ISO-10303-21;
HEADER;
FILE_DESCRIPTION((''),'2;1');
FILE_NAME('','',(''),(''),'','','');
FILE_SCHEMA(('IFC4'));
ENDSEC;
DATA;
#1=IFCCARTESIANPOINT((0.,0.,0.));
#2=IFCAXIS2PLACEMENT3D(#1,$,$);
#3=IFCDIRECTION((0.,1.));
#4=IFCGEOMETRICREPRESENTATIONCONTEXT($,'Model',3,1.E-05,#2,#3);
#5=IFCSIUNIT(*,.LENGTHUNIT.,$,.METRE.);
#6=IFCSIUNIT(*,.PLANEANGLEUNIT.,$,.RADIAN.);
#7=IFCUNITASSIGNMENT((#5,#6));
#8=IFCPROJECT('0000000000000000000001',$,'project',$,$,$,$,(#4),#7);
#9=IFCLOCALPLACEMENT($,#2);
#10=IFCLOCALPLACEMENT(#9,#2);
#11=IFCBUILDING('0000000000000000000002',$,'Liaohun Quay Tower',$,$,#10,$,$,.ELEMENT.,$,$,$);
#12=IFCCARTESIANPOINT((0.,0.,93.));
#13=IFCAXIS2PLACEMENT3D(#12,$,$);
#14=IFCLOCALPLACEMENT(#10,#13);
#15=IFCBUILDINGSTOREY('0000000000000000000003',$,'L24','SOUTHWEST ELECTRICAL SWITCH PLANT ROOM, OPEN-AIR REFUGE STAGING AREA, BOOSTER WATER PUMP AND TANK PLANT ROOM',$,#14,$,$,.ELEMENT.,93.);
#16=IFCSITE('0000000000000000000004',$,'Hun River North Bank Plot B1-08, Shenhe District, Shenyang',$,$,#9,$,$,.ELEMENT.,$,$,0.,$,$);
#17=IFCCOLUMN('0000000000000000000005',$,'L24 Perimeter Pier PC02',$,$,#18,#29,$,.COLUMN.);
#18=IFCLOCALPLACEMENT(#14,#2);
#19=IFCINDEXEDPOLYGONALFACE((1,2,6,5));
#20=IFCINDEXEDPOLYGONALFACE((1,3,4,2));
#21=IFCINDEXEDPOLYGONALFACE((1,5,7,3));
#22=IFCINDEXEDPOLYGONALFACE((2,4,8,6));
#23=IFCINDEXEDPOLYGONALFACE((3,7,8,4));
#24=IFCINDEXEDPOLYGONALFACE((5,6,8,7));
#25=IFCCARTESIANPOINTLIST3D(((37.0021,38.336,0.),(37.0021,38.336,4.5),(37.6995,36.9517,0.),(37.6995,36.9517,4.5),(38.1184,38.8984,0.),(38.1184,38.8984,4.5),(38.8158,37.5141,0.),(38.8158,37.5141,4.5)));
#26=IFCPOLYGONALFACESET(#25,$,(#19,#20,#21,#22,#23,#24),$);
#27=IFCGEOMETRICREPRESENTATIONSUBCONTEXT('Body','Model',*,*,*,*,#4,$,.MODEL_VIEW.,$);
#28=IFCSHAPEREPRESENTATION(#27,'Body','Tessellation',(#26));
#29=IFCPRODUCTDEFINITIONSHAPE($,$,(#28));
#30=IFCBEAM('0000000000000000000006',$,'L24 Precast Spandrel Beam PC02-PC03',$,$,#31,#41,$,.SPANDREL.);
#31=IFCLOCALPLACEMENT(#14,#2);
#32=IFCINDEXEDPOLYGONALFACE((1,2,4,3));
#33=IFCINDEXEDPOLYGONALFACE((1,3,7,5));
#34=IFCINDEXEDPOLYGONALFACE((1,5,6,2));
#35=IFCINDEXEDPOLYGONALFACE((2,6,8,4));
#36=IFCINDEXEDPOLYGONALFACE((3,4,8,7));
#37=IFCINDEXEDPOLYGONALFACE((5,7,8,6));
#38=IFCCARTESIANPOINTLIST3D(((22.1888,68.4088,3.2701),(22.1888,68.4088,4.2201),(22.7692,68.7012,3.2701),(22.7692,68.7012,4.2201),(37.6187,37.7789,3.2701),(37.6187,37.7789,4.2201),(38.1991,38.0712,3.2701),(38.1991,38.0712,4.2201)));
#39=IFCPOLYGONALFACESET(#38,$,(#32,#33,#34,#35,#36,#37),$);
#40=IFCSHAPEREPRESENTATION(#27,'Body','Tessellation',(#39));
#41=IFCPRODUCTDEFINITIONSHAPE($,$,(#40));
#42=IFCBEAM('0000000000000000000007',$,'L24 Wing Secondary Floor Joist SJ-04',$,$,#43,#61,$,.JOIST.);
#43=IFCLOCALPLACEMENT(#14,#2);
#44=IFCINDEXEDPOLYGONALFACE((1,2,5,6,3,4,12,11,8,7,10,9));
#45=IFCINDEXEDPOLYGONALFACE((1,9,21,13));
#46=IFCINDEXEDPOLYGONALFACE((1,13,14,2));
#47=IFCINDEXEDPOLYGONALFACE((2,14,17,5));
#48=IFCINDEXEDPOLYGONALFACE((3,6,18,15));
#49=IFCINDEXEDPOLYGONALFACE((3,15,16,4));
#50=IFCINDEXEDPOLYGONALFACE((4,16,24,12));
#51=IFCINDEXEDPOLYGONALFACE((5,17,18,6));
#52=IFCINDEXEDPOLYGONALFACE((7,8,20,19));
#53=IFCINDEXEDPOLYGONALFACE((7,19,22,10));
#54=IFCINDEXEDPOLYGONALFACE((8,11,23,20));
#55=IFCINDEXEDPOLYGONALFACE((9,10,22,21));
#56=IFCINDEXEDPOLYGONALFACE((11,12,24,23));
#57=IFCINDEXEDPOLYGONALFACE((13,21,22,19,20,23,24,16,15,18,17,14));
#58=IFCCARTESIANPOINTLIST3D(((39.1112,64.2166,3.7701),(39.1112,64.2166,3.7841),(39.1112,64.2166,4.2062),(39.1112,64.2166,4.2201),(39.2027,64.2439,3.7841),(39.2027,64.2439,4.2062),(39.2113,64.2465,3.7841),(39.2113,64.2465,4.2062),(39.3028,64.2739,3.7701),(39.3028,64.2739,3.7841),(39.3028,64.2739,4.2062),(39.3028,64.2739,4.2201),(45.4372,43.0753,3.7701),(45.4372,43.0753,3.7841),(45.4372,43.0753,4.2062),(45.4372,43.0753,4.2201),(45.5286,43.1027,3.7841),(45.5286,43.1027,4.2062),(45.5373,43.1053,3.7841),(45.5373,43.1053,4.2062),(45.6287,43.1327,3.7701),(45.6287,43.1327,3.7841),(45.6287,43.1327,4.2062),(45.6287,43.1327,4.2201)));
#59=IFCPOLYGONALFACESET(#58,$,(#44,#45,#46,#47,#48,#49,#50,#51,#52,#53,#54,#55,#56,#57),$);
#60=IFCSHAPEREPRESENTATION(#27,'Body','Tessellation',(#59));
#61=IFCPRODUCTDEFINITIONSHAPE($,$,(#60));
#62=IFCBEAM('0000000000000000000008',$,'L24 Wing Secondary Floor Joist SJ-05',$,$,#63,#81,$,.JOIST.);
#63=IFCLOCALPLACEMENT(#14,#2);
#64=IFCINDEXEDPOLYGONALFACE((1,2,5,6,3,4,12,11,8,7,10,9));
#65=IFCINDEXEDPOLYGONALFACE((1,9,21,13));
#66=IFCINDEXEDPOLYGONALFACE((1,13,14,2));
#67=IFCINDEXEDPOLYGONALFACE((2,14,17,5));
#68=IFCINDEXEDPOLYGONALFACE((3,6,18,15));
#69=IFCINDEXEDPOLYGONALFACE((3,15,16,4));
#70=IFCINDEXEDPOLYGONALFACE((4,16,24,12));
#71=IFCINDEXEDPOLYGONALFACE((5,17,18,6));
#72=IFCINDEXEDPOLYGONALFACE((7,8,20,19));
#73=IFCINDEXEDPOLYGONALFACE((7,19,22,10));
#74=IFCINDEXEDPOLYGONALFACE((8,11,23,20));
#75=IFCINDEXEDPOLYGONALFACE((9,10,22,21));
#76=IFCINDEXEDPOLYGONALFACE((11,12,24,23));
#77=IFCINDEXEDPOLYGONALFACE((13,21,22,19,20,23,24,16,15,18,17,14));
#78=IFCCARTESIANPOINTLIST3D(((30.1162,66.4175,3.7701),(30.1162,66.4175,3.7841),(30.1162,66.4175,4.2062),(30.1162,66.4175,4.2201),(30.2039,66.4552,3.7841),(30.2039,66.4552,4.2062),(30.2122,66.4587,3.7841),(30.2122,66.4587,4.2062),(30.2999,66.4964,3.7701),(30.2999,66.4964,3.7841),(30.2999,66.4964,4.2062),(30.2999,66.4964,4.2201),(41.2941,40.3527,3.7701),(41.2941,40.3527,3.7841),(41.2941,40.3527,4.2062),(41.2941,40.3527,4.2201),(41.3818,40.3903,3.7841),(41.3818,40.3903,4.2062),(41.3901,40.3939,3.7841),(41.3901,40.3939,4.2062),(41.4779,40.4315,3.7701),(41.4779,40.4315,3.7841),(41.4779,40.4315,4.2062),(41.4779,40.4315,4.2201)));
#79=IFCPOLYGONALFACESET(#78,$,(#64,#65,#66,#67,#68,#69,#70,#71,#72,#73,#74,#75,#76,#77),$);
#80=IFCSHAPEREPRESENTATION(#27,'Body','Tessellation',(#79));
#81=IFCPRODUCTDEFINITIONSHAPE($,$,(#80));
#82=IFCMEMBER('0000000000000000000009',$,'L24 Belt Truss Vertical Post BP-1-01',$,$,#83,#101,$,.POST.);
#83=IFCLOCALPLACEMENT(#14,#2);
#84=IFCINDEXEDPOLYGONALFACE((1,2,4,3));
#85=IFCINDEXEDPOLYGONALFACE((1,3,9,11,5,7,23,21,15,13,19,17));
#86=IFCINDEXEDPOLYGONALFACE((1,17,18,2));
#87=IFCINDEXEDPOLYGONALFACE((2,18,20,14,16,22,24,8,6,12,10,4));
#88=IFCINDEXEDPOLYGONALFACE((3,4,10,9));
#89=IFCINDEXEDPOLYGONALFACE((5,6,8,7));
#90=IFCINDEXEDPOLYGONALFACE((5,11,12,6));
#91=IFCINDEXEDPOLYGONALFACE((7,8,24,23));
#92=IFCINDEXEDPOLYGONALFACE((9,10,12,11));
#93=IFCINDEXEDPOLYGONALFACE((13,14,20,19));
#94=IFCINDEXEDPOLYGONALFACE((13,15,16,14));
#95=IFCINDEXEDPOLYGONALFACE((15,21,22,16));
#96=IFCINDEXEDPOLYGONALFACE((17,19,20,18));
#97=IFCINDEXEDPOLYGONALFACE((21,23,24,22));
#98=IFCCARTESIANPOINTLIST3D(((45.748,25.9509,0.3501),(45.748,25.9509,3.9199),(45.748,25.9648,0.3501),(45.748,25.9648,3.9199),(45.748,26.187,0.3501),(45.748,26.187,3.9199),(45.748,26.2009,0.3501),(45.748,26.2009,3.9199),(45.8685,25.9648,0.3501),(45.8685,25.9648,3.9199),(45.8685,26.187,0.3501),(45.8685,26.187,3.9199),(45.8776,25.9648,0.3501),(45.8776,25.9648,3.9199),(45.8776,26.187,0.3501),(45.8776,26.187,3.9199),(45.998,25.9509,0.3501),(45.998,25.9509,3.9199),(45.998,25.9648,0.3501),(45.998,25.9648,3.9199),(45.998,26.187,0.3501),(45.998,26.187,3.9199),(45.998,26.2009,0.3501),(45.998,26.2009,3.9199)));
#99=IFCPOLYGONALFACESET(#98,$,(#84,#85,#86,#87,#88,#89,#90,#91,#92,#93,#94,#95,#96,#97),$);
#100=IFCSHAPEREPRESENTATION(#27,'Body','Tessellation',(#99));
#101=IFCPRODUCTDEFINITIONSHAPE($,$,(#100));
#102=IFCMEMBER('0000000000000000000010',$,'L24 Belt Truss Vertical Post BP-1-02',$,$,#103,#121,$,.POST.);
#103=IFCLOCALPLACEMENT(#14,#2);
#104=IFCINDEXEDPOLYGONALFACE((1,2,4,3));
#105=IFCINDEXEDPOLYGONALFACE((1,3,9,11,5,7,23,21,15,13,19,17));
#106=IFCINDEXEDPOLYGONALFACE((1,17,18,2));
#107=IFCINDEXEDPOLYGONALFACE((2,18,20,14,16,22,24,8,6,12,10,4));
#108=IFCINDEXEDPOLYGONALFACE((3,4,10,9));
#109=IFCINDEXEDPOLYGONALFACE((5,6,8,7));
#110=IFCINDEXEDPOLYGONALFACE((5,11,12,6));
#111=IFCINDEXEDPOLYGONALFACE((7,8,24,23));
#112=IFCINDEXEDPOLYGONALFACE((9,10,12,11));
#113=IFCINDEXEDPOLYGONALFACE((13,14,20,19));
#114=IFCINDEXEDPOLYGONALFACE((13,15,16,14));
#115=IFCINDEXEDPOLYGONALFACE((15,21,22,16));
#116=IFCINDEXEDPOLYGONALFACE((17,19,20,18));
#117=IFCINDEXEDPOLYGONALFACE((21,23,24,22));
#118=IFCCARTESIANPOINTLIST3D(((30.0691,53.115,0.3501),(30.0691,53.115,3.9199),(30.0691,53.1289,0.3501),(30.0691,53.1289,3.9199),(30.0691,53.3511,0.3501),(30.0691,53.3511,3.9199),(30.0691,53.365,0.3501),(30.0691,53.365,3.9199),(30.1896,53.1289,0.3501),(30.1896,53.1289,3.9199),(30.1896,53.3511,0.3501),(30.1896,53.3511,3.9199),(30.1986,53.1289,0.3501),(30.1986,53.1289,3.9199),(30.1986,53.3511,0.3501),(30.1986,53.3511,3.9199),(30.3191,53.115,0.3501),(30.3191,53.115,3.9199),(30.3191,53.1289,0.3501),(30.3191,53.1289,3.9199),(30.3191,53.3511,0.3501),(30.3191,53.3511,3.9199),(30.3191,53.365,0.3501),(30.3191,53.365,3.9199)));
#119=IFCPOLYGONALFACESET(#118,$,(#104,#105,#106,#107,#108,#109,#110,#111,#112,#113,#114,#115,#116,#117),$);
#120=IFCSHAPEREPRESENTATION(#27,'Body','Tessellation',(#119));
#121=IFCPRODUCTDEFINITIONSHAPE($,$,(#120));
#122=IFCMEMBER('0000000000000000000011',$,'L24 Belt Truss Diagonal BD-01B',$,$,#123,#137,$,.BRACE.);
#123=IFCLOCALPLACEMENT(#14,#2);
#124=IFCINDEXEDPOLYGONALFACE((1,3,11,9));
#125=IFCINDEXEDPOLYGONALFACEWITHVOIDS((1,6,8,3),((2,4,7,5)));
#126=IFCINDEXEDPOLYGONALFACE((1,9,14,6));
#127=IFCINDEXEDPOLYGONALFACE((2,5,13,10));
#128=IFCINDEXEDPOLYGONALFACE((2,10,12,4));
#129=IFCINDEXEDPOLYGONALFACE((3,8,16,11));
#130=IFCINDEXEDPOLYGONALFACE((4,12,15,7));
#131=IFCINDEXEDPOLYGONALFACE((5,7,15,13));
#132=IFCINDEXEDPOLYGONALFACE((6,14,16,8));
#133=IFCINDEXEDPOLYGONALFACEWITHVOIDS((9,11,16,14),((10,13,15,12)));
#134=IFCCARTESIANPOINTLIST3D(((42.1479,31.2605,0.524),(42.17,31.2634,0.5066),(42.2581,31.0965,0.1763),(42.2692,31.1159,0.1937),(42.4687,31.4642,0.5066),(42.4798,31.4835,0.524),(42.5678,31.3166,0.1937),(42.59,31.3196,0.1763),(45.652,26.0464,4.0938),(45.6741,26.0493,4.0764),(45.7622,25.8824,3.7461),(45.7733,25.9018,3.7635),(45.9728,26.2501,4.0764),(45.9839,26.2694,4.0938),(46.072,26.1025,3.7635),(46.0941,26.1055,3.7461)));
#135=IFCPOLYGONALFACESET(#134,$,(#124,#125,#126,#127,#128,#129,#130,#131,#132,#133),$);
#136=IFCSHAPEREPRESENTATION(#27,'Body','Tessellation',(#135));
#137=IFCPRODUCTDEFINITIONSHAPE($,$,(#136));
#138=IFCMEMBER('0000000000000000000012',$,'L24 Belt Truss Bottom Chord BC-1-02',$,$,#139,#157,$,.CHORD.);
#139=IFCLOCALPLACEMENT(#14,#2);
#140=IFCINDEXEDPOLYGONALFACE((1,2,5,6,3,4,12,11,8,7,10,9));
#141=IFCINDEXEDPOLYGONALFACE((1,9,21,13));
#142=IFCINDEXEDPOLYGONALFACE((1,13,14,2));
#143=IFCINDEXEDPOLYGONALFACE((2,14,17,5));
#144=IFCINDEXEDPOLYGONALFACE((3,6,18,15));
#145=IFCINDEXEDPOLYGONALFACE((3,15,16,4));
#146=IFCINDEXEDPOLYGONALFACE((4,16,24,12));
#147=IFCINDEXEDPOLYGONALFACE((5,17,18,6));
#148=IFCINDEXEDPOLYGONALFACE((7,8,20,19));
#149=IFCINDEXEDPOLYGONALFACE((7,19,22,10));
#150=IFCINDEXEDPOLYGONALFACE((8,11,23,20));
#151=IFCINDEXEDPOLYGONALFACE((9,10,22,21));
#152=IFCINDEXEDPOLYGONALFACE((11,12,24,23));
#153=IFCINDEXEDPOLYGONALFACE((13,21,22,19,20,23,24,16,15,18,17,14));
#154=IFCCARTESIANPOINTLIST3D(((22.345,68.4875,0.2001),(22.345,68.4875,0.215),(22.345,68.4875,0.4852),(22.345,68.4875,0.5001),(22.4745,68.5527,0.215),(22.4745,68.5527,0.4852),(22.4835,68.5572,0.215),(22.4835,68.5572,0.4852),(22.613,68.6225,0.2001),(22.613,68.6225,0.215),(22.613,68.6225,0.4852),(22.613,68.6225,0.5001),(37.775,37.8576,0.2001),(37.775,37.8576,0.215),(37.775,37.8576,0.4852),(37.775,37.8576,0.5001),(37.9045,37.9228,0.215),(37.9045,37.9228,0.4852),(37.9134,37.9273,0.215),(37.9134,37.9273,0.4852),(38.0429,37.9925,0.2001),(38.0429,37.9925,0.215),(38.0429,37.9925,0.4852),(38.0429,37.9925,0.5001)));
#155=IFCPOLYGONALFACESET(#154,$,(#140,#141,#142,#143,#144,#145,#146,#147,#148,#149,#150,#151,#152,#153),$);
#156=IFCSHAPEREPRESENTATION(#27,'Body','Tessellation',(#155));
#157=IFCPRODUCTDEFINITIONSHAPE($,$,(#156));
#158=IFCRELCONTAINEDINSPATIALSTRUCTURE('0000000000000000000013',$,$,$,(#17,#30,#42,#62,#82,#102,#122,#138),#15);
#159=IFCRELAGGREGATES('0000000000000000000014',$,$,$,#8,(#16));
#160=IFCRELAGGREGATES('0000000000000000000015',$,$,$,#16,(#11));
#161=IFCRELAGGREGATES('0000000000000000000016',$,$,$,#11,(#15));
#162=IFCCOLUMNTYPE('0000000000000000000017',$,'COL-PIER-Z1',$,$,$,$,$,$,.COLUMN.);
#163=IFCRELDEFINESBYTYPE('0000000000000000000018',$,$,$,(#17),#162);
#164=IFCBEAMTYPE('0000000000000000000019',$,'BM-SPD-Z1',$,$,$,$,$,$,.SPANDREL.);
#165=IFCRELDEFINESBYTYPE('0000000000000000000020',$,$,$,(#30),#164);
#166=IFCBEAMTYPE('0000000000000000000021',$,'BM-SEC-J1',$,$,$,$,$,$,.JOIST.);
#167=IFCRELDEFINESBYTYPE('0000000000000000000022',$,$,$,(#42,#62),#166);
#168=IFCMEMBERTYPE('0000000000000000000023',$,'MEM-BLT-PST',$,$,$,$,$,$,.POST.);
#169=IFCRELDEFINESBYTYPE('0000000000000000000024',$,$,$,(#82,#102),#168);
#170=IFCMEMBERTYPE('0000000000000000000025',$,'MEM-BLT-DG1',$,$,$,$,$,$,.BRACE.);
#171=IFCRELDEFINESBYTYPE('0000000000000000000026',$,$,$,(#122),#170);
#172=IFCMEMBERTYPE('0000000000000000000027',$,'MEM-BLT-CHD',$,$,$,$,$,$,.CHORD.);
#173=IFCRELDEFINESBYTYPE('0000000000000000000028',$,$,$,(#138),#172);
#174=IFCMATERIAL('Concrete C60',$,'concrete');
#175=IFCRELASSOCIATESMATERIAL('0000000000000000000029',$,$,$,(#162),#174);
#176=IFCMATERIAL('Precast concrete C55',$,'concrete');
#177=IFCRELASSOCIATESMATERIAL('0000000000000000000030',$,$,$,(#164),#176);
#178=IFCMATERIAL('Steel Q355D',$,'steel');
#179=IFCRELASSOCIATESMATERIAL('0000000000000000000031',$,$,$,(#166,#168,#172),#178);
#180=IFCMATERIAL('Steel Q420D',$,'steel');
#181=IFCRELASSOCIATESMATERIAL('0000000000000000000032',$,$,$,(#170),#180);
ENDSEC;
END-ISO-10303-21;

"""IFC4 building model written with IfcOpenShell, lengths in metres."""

from ifc_helpers import new_model, si_unit, direction, frame, origin, origin_2d, place, context, subcontext, project, spatial, rectangle, hollow_rectangle, i_section, extrude, source, transform, mapped, material, material_profile, profile_set, type_object, element, save


model = new_model("IFC4")

# Units and contexts
model_context = context("Model", 3, precision=1e-05, world=origin(), true_north=direction((0.0, 1.0)))
body_context = subcontext(model_context, "Body", "Model", "MODEL_VIEW")
ifc_project = project(units=[si_unit("LENGTHUNIT", "METRE"), si_unit("PLANEANGLEUNIT", "RADIAN")], contexts=[model_context])

# Site, building, storey
site_placement = place(None, origin())
site = spatial("IfcSite", under=ifc_project, at=site_placement, Name="Hun River North Bank Plot B1-08, Shenhe District, Shenyang", CompositionType="ELEMENT", RefElevation=0.0)
building_placement = place(site_placement, origin())
building = spatial("IfcBuilding", under=site, at=building_placement, Name="Liaohun Quay Tower", CompositionType="ELEMENT")
storey_placement = place(building_placement, frame((0.0, 0.0, 93.0)))
storey = spatial("IfcBuildingStorey", under=building, at=storey_placement, Name="L24", Description="SOUTHWEST ELECTRICAL SWITCH PLANT ROOM, OPEN-AIR REFUGE STAGING AREA, BOOSTER WATER PUMP AND TANK PLANT ROOM", CompositionType="ELEMENT", Elevation=93.0)

# Column
ifc_material_1 = material(Name="Concrete C60", Category="concrete")
ifc_material_profile_1 = material_profile(ifc_material_1, rectangle(XDim=1.55, YDim=1.25, at=origin_2d()), Name="RC1550x1250")
ifc_profile_set_1 = profile_set([ifc_material_profile_1], Name="Concrete C60")
column_type = type_object("IfcColumnType", Name="COL-PIER-Z1", PredefinedType="COLUMN", material=ifc_profile_set_1)
shared_shape_1 = source(origin(), body_context, "Body", "SweptSolid", [
    extrude(rectangle(XDim=1.55, YDim=1.25, at=origin_2d()), origin(), (0.0, 0.0, 1.0), 4.5),
])
column_placement = place(storey_placement, frame((37.9089, 37.925, 0.0), z_axis=(0.0, 0.0, 1.0), x_axis=(-0.449943, 0.893057, 0.0)))
element("IfcColumn", 1, at=column_placement, inside=storey, type_object=column_type, Name="L24 Perimeter Pier PC02", PredefinedType="COLUMN", context=body_context, shape_type="MappedRepresentation", body=[
    mapped(shared_shape_1, transform((0.0, 0.0, 0.0), x_axis=(1.0, 0.0, 0.0), y_axis=(0.0, 1.0, 0.0), z_axis=(0.0, 0.0, 1.0), scale=1.0)),
])

# Beams
ifc_material_2 = material(Name="Precast concrete C55", Category="concrete")
ifc_material_profile_2 = material_profile(ifc_material_2, rectangle(XDim=0.6499, YDim=0.95, at=origin_2d()), Name="RC650x950")
ifc_profile_set_2 = profile_set([ifc_material_profile_2], Name="Precast concrete C55")
beam_type_1 = type_object("IfcBeamType", Name="BM-SPD-Z1", PredefinedType="SPANDREL", material=ifc_profile_set_2)
shared_shape_2 = source(origin(), body_context, "Body", "SweptSolid", [
    extrude(rectangle(XDim=0.6499, YDim=0.95, at=origin_2d()), origin(), (0.0, 0.0, 1.0), 34.2969),
])
beam_1_placement = place(storey_placement, frame((37.9089, 37.925, 3.7451), z_axis=(-0.449894, 0.893082, 0.0), x_axis=(-0.893082, -0.449894, 0.0)))
element("IfcBeam", 2, at=beam_1_placement, inside=storey, type_object=beam_type_1, Name="L24 Precast Spandrel Beam PC02-PC03", PredefinedType="SPANDREL", context=body_context, shape_type="MappedRepresentation", body=[
    mapped(shared_shape_2, transform((0.0, 0.0, 0.0), x_axis=(1.0, 0.0, 0.0), y_axis=(0.0, 1.0, 0.0), z_axis=(0.0, 0.0, 1.0), scale=1.0)),
])
ifc_material_3 = material(Name="Steel Q355D", Category="steel")
ifc_material_profile_3 = material_profile(ifc_material_3, i_section(OverallWidth=0.2, OverallDepth=0.45, WebThickness=0.009, FlangeThickness=0.0139, at=origin_2d()), Name="HN450x200x9x14")
ifc_profile_set_3 = profile_set([ifc_material_profile_3], Name="Steel Q355D")
beam_type_2 = type_object("IfcBeamType", Name="BM-SEC-J1", PredefinedType="JOIST", material=ifc_profile_set_3)
shared_shape_3 = source(origin(), body_context, "Body", "SweptSolid", [
    extrude(i_section(OverallWidth=0.2, OverallDepth=0.45, WebThickness=0.009, FlangeThickness=0.0139, at=origin_2d()), origin(), (0.0, 0.0, 1.0), 22.0674),
])
beam_2_placement = place(storey_placement, frame((45.533, 43.104, 3.9951), z_axis=(-0.286666, 0.958031, 0.0), x_axis=(-0.958031, -0.286666, 0.0)))
element("IfcBeam", 3, at=beam_2_placement, inside=storey, type_object=beam_type_2, Name="L24 Wing Secondary Floor Joist SJ-04", PredefinedType="JOIST", context=body_context, shape_type="MappedRepresentation", body=[
    mapped(shared_shape_3, transform((0.0, 0.0, 0.0), x_axis=(1.0, 0.0, 0.0), y_axis=(0.0, 1.0, 0.0), z_axis=(0.0, 0.0, 1.0), scale=1.0)),
])
shared_shape_4 = source(origin(), body_context, "Body", "SweptSolid", [
    extrude(i_section(OverallWidth=0.2, OverallDepth=0.45, WebThickness=0.009, FlangeThickness=0.0139, at=origin_2d()), origin(), (0.0, 0.0, 1.0), 28.3606),
])
beam_3_placement = place(storey_placement, frame((41.386, 40.3921, 3.9951), z_axis=(-0.394136, 0.919052, 0.0), x_axis=(-0.919052, -0.394136, 0.0)))
element("IfcBeam", 4, at=beam_3_placement, inside=storey, type_object=beam_type_2, Name="L24 Wing Secondary Floor Joist SJ-05", PredefinedType="JOIST", context=body_context, shape_type="MappedRepresentation", body=[
    mapped(shared_shape_4, transform((0.0, 0.0, 0.0), x_axis=(1.0, 0.0, 0.0), y_axis=(0.0, 1.0, 0.0), z_axis=(0.0, 0.0, 1.0), scale=1.0)),
])

# Members
ifc_material_profile_4 = material_profile(ifc_material_3, i_section(OverallWidth=0.25, OverallDepth=0.25, WebThickness=0.009, FlangeThickness=0.0139, at=origin_2d()), Name="HW250x250x9x14")
ifc_profile_set_4 = profile_set([ifc_material_profile_4], Name="Steel Q355D")
member_type_1 = type_object("IfcMemberType", Name="MEM-BLT-PST", PredefinedType="POST", material=ifc_profile_set_4)
shared_shape_5 = source(origin(), body_context, "Body", "SweptSolid", [
    extrude(i_section(OverallWidth=0.25, OverallDepth=0.25, WebThickness=0.009, FlangeThickness=0.0139, at=origin_2d()), origin(), (0.0, 0.0, 1.0), 3.5698),
])
for number, where, z_axis, x_axis, name in (
    (5, (45.873, 26.0759, 0.3501), (0.0, 0.0, 1.0), (1.0, 0.0, 0.0), "L24 Belt Truss Vertical Post BP-1-01"),
    (6, (30.1941, 53.24, 0.3501), (0.0, 0.0, 1.0), (1.0, 0.0, 0.0), "L24 Belt Truss Vertical Post BP-1-02"),
):
    element("IfcMember", number, at=place(storey_placement, frame(where, z_axis=z_axis, x_axis=x_axis)), inside=storey, type_object=member_type_1, Name=name, PredefinedType="POST", context=body_context, shape_type="MappedRepresentation", body=[
        mapped(shared_shape_5, transform((0.0, 0.0, 0.0), x_axis=(1.0, 0.0, 0.0), y_axis=(0.0, 1.0, 0.0), z_axis=(0.0, 0.0, 1.0), scale=1.0)),
    ])
ifc_material_4 = material(Name="Steel Q420D", Category="steel")
ifc_material_profile_5 = material_profile(ifc_material_4, hollow_rectangle(XDim=0.3999, YDim=0.3999, WallThickness=0.02, at=origin_2d()), Name="SHS400x400x20")
ifc_profile_set_5 = profile_set([ifc_material_profile_5], Name="Steel Q420D")
member_type_2 = type_object("IfcMemberType", Name="MEM-BLT-DG1", PredefinedType="BRACE", material=ifc_profile_set_5)
shared_shape_6 = source(origin(), body_context, "Body", "SweptSolid", [
    extrude(hollow_rectangle(XDim=0.3999, YDim=0.3999, WallThickness=0.02, at=origin_2d()), origin(), (0.0, 0.0, 1.0), 7.2256),
])
member_1_placement = place(storey_placement, frame((45.873, 26.0759, 3.9199), z_axis=(-0.484961, 0.721614, -0.494051), x_axis=(-0.829982, -0.55779, 0.0)))
element("IfcMember", 7, at=member_1_placement, inside=storey, type_object=member_type_2, Name="L24 Belt Truss Diagonal BD-01B", PredefinedType="BRACE", context=body_context, shape_type="MappedRepresentation", body=[
    mapped(shared_shape_6, transform((0.0, 0.0, 0.0), x_axis=(1.0, 0.0, 0.0), y_axis=(0.0, 1.0, 0.0), z_axis=(0.0, 0.0, 1.0), scale=1.0)),
])
ifc_material_profile_6 = material_profile(ifc_material_3, i_section(OverallWidth=0.3, OverallDepth=0.3, WebThickness=0.01, FlangeThickness=0.0149, at=origin_2d()), Name="HW300x300x10x15")
ifc_profile_set_6 = profile_set([ifc_material_profile_6], Name="Steel Q355D")
member_type_3 = type_object("IfcMemberType", Name="MEM-BLT-CHD", PredefinedType="CHORD", material=ifc_profile_set_6)
shared_shape_7 = source(origin(), body_context, "Body", "SweptSolid", [
    extrude(i_section(OverallWidth=0.3, OverallDepth=0.3, WebThickness=0.01, FlangeThickness=0.0149, at=origin_2d()), origin(), (0.0, 0.0, 1.0), 34.2969),
])
member_2_placement = place(storey_placement, frame((37.9089, 37.925, 0.3501), z_axis=(-0.449894, 0.893082, 0.0), x_axis=(-0.893082, -0.449894, 0.0)))
element("IfcMember", 8, at=member_2_placement, inside=storey, type_object=member_type_3, Name="L24 Belt Truss Bottom Chord BC-1-02", PredefinedType="CHORD", context=body_context, shape_type="MappedRepresentation", body=[
    mapped(shared_shape_7, transform((0.0, 0.0, 0.0), x_axis=(1.0, 0.0, 0.0), y_axis=(0.0, 1.0, 0.0), z_axis=(0.0, 0.0, 1.0), scale=1.0)),
])

save(model, "model.ifc")
